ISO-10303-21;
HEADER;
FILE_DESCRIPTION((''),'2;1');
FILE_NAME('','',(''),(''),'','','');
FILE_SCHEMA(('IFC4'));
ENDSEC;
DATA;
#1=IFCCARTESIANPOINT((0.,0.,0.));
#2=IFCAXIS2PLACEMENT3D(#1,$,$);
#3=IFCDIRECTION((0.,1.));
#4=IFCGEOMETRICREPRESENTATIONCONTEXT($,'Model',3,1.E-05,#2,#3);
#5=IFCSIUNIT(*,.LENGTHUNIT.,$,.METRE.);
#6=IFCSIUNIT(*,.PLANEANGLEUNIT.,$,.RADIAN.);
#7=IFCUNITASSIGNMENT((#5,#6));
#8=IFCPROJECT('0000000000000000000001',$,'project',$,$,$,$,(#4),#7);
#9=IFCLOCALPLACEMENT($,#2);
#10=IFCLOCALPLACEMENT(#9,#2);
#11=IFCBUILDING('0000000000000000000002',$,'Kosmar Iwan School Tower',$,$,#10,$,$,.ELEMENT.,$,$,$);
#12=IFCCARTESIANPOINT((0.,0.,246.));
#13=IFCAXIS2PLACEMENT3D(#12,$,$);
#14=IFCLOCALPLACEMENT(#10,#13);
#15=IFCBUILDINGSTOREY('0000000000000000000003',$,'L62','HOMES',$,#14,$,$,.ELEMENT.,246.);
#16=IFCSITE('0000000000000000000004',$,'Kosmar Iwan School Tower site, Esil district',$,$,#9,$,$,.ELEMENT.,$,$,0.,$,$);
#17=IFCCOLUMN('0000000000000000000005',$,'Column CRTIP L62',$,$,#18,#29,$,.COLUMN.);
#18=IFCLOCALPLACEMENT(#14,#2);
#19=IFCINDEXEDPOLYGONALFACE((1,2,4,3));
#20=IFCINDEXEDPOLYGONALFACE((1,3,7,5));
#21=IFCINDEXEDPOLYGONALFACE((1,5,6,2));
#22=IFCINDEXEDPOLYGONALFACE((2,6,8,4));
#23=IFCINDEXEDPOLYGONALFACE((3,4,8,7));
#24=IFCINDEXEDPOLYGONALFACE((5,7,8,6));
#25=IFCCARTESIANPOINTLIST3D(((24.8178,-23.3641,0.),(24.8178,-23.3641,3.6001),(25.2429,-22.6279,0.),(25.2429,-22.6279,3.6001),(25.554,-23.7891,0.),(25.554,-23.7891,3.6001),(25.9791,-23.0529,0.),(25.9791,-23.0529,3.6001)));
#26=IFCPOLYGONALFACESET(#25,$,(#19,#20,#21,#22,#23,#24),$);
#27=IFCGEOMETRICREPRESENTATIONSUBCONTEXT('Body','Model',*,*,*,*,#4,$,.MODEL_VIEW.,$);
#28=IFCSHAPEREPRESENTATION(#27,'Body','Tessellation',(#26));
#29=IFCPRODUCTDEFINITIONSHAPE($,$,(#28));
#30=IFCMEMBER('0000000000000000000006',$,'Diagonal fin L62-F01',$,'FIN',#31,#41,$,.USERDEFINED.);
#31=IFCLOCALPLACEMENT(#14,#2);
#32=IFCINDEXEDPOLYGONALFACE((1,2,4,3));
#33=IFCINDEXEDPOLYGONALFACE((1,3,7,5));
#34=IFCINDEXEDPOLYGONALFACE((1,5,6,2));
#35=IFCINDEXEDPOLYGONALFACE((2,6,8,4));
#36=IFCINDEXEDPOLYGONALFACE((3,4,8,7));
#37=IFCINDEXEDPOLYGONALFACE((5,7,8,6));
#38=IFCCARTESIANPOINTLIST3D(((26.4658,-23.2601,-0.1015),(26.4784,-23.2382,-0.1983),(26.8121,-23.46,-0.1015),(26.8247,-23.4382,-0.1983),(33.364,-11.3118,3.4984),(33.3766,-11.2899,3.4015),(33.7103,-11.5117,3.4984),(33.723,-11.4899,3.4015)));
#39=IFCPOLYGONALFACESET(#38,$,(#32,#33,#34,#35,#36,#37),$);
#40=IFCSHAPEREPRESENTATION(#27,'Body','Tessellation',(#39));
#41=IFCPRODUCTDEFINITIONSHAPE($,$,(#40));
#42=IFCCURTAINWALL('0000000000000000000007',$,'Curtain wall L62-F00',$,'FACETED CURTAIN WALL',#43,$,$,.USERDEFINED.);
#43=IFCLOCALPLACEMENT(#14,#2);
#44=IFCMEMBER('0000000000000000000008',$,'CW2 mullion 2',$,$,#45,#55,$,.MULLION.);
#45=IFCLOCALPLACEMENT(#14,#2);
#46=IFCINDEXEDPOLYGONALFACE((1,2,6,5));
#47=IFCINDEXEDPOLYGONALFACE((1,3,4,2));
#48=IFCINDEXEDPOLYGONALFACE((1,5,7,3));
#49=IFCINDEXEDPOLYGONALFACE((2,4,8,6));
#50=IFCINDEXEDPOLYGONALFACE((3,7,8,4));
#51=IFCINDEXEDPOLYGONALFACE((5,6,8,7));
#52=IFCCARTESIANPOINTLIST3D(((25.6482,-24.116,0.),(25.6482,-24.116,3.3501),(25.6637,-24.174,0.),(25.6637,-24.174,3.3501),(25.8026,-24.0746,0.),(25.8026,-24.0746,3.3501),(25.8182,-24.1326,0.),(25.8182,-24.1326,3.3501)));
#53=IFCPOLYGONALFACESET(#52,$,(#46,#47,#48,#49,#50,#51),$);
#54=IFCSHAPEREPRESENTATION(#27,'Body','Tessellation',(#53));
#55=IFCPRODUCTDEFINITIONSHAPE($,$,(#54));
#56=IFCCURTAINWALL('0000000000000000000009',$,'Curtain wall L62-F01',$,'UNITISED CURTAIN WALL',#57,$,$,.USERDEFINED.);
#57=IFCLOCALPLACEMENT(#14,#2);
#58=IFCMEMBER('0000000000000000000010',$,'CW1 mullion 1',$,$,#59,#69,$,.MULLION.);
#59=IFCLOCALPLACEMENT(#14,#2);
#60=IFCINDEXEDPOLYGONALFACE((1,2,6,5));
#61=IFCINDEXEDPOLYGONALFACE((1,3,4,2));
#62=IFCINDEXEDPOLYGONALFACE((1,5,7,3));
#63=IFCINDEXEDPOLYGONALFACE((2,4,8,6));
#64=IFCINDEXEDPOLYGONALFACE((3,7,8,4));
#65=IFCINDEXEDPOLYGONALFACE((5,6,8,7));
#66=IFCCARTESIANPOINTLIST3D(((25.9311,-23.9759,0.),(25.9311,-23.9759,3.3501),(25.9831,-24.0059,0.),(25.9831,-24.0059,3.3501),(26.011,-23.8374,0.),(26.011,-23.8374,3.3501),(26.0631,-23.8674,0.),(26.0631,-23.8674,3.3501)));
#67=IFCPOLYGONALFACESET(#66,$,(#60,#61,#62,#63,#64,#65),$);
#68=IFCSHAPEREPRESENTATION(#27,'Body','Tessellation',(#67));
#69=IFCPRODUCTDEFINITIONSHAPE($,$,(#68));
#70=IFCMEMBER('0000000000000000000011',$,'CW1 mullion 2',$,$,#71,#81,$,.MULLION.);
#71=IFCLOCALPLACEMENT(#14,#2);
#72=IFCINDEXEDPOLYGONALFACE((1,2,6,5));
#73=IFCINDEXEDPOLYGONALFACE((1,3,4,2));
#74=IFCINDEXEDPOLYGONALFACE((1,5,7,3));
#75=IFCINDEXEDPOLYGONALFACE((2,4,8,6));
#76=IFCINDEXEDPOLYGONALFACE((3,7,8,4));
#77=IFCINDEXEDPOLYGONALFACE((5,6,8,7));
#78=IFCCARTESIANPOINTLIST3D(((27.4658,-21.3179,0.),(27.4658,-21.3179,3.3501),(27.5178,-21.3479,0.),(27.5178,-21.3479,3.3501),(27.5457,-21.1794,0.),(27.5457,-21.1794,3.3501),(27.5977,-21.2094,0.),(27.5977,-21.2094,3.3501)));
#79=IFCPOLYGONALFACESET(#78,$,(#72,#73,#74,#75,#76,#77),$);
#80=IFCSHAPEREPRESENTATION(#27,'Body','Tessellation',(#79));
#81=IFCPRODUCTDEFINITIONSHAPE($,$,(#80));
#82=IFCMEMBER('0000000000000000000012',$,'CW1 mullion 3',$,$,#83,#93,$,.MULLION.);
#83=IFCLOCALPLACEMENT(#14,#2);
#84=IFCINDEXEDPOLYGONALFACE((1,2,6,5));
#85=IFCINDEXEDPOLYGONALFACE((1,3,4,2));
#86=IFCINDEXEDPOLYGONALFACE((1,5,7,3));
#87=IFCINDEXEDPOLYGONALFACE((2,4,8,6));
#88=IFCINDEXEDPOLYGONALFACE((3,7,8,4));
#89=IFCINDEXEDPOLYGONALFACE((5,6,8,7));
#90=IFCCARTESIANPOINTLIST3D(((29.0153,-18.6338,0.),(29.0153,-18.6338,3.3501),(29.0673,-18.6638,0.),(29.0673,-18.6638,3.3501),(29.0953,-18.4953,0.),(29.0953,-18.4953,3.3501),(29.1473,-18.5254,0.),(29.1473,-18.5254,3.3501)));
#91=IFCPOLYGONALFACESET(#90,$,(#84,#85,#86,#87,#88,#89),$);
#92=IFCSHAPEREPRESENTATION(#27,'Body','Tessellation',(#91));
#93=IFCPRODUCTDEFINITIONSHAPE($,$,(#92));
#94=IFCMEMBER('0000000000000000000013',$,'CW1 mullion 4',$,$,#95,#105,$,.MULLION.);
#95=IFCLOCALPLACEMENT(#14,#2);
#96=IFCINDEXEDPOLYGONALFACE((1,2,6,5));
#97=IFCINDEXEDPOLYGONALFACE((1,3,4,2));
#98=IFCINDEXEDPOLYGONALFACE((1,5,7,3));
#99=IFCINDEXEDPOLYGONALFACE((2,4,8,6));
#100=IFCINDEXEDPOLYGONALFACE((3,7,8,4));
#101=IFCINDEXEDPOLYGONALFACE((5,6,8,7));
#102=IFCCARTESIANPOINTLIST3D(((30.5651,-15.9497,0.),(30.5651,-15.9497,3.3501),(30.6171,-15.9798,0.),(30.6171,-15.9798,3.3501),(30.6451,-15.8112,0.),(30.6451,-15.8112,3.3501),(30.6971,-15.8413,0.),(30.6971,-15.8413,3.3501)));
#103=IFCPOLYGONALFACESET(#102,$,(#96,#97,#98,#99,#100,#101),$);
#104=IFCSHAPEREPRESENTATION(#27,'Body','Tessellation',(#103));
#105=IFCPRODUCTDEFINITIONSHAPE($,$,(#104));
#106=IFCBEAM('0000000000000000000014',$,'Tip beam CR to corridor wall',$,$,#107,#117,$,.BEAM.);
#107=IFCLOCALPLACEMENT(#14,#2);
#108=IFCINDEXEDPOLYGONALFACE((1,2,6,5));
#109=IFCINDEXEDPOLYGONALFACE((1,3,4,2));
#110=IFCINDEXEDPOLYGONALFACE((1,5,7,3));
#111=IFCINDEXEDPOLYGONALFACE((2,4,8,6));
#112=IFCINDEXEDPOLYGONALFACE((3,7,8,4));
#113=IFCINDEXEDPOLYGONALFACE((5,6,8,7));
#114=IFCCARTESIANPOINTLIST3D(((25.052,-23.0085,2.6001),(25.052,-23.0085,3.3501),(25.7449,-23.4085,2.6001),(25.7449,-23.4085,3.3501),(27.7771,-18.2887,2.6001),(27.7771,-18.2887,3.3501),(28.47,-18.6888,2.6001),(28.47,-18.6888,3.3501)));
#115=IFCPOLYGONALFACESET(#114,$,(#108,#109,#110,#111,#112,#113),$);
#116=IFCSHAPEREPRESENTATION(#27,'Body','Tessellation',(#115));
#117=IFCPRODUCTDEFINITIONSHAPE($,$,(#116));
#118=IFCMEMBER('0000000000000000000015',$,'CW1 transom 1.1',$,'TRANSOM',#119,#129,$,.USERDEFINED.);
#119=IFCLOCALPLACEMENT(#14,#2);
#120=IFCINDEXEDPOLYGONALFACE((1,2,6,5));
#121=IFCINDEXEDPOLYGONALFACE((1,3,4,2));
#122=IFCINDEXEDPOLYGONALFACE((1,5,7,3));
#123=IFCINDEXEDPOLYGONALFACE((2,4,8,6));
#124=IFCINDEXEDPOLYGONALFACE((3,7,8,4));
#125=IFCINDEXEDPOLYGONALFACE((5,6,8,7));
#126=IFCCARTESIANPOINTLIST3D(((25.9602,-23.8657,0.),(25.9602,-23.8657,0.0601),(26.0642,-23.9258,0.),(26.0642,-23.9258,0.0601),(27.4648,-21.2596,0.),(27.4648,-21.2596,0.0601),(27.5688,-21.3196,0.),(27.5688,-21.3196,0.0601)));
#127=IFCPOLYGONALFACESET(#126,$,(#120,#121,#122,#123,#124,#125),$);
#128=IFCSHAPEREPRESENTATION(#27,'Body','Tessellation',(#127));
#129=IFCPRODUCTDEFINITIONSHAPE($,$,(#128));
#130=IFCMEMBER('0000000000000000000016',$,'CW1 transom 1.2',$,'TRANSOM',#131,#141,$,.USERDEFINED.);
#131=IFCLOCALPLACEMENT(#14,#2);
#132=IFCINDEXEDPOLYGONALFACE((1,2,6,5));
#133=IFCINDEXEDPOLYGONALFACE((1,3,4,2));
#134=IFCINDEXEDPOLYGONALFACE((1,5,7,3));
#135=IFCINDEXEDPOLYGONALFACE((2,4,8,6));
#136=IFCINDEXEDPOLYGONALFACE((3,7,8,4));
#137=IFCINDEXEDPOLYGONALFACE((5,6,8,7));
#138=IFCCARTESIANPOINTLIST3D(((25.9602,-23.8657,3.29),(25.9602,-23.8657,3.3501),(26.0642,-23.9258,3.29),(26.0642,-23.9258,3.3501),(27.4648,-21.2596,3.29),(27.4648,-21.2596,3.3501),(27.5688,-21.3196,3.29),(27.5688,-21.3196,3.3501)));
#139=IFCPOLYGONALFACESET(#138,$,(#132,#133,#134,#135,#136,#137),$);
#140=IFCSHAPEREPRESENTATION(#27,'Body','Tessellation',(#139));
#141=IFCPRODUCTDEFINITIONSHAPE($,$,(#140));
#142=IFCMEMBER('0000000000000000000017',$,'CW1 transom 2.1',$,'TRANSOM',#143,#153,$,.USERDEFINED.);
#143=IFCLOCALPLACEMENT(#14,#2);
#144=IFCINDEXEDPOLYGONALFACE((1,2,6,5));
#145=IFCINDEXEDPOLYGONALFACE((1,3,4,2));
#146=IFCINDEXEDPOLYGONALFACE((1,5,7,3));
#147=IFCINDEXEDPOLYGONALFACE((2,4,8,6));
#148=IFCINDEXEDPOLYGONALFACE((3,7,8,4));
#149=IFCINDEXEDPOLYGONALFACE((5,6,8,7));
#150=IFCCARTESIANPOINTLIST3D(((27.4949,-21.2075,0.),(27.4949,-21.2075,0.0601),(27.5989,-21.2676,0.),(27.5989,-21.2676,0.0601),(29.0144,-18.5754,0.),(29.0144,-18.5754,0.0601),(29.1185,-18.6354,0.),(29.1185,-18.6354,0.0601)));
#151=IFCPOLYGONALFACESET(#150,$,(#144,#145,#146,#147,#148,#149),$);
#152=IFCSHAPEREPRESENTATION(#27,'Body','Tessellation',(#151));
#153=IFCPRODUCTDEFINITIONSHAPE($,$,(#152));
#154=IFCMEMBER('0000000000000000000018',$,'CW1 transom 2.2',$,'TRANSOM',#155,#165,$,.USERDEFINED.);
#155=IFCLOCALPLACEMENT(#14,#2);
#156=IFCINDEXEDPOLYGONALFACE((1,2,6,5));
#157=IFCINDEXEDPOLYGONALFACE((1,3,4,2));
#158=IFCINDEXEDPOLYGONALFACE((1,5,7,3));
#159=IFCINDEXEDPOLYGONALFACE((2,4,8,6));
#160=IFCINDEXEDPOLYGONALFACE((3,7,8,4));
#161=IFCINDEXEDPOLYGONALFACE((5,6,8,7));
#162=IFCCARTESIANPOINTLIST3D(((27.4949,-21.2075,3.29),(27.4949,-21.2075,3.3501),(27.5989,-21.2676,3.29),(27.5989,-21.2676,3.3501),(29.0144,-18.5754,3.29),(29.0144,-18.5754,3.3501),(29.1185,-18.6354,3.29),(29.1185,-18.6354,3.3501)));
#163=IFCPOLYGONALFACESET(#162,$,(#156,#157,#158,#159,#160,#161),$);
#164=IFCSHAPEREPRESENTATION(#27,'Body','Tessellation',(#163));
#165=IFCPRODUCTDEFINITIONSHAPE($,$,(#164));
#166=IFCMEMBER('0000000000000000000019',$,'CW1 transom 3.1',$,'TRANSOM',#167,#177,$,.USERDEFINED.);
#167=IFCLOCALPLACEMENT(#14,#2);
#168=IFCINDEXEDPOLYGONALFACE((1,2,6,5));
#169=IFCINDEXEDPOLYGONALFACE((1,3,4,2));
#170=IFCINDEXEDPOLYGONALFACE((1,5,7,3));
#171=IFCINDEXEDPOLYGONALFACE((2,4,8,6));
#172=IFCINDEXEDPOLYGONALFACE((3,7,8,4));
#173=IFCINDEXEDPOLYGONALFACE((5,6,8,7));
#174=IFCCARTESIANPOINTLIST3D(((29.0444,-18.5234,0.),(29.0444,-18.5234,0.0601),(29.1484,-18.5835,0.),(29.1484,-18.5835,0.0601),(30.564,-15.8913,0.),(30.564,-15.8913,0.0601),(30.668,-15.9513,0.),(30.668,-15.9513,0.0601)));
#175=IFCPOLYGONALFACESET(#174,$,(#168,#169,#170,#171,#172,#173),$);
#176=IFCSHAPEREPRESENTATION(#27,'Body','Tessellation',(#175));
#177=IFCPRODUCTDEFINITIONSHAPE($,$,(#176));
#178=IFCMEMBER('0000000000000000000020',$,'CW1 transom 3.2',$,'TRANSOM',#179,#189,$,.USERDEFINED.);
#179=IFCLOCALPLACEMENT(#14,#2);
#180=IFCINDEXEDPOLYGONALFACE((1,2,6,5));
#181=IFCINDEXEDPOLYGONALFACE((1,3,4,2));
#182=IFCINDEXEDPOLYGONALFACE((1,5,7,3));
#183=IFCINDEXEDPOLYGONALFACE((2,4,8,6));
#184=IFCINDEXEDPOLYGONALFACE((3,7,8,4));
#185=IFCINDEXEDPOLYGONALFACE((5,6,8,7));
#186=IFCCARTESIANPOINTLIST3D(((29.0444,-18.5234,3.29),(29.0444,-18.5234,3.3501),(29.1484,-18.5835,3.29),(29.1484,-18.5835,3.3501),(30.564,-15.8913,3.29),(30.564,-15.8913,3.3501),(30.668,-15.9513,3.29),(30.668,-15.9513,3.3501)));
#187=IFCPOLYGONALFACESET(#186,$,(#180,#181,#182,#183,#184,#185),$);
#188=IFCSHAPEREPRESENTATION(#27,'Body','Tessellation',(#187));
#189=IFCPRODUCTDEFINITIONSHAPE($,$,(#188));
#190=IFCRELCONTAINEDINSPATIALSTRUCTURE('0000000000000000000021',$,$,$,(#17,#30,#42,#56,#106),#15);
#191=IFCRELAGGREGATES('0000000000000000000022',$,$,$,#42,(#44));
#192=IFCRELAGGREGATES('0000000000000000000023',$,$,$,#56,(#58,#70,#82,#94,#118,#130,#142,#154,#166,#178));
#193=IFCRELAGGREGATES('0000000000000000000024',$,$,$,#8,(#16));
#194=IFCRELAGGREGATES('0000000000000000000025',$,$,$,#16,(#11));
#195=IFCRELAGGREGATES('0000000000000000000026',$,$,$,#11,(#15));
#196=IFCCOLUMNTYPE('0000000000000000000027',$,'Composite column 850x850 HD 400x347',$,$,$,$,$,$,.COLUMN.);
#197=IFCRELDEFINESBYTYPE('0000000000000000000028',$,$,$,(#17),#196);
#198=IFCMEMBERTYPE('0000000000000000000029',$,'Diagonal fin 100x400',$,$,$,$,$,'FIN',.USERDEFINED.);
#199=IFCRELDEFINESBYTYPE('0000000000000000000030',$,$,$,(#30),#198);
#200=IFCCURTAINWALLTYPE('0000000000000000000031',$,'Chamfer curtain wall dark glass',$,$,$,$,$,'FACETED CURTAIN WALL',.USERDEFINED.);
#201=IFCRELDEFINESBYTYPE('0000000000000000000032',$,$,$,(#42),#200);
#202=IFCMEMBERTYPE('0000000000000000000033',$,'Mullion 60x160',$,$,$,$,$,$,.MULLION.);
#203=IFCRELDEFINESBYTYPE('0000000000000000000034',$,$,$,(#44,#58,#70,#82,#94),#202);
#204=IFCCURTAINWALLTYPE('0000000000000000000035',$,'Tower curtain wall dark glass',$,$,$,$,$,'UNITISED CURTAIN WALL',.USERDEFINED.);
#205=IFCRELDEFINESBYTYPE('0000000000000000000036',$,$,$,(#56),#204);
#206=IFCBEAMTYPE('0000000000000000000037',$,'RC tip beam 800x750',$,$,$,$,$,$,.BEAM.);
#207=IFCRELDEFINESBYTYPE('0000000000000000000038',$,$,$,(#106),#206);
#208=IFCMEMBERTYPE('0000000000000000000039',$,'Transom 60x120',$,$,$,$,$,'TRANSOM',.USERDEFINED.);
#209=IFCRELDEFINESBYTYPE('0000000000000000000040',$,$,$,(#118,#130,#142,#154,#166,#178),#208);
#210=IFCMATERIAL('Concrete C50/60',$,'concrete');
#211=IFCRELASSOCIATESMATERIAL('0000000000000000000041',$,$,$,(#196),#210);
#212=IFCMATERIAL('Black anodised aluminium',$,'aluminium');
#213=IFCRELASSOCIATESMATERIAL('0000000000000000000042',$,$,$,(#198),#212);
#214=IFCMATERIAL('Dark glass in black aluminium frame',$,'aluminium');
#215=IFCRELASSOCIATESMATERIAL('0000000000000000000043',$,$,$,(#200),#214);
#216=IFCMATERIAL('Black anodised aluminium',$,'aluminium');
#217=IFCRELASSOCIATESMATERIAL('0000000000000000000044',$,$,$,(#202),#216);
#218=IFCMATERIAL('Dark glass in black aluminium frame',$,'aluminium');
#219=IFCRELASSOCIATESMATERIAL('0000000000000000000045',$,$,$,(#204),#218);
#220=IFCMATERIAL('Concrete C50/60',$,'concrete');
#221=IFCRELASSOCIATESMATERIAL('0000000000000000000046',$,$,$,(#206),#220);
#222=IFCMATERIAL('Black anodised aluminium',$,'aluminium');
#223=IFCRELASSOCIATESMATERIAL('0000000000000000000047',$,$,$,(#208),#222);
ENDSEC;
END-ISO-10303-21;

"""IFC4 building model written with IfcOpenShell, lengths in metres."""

from ifc_helpers import new_model, si_unit, direction, frame, origin, origin_2d, place, context, subcontext, project, spatial, rectangle, extrude, material, material_profile, profile_set, type_object, element, aggregate, save


model = new_model("IFC4")

# Units and contexts
model_context = context("Model", 3, precision=1e-05, world=origin(), true_north=direction((0.0, 1.0)))
body_context = subcontext(model_context, "Body", "Model", "MODEL_VIEW")
ifc_project = project(units=[si_unit("LENGTHUNIT", "METRE"), si_unit("PLANEANGLEUNIT", "RADIAN")], contexts=[model_context])

# Site, building, storey
site_placement = place(None, origin())
site = spatial("IfcSite", under=ifc_project, at=site_placement, Name="Kosmar Iwan School Tower site, Esil district", CompositionType="ELEMENT", RefElevation=0.0)
building_placement = place(site_placement, origin())
building = spatial("IfcBuilding", under=site, at=building_placement, Name="Kosmar Iwan School Tower", CompositionType="ELEMENT")
storey_placement = place(building_placement, frame((0.0, 0.0, 246.0)))
storey = spatial("IfcBuildingStorey", under=building, at=storey_placement, Name="L62", Description="HOMES", CompositionType="ELEMENT", Elevation=246.0)

# Column
ifc_material_1 = material(Name="Concrete C50/60", Category="concrete")
ifc_material_profile_1 = material_profile(ifc_material_1, rectangle(XDim=0.8501, YDim=0.8501, at=origin_2d()), Name="RC 850x850 + HD 400x347")
ifc_profile_set_1 = profile_set([ifc_material_profile_1], Name="Concrete C50/60")
column_type = type_object("IfcColumnType", Name="Composite column 850x850 HD 400x347", PredefinedType="COLUMN", material=ifc_profile_set_1)
column_placement = place(storey_placement, frame((25.3984, -23.2085, 0.0), z_axis=(0.0, 0.0, 1.0), x_axis=(0.866025, -0.5, 0.0)))
element("IfcColumn", 1, at=column_placement, inside=storey, type_object=column_type, Name="Column CRTIP L62", PredefinedType="COLUMN", context=body_context, shape_type="SweptSolid", body=[
    extrude(rectangle(XDim=0.8501, YDim=0.8501, at=origin_2d()), origin(), (0.0, 0.0, 1.0), 3.6001),
])

# Member
ifc_material_2 = material(Name="Black anodised aluminium", Category="aluminium")
ifc_material_profile_2 = material_profile(ifc_material_2, rectangle(XDim=0.1001, YDim=0.3999, at=origin_2d()), Name="FIN 100x400")
ifc_profile_set_2 = profile_set([ifc_material_profile_2], Name="Black anodised aluminium")
member_type_1 = type_object("IfcMemberType", Name="Diagonal fin 100x400", ElementType="FIN", PredefinedType="USERDEFINED", material=ifc_profile_set_2)
member_1_placement = place(storey_placement, frame((26.6453, -23.3491, -0.1499), z_axis=(0.483796, 0.837974, 0.252471), x_axis=(-0.126234, -0.218647, 0.967604)))
element("IfcMember", 2, at=member_1_placement, inside=storey, type_object=member_type_1, Name="Diagonal fin L62-F01", ObjectType="FIN", PredefinedType="USERDEFINED", context=body_context, shape_type="SweptSolid", body=[
    extrude(rectangle(XDim=0.1001, YDim=0.3999, at=origin_2d()), origin(), (0.0, 0.0, 1.0), 14.2585),
])

# Curtain wall, member
ifc_material_3 = material(Name="Dark glass in black aluminium frame", Category="aluminium")
curtain_wall_type_1 = type_object("IfcCurtainWallType", Name="Chamfer curtain wall dark glass", ElementType="FACETED CURTAIN WALL", PredefinedType="USERDEFINED", material=ifc_material_3)
curtain_wall_1_placement = place(storey_placement, origin())
curtain_wall_1 = element("IfcCurtainWall", 3, at=curtain_wall_1_placement, inside=storey, type_object=curtain_wall_type_1, Name="Curtain wall L62-F00", ObjectType="FACETED CURTAIN WALL", PredefinedType="USERDEFINED")
ifc_material_4 = material(Name="Black anodised aluminium", Category="aluminium")
ifc_material_profile_3 = material_profile(ifc_material_4, rectangle(XDim=0.0601, YDim=0.1599, at=origin_2d()), Name="MULLION 60x160")
ifc_profile_set_3 = profile_set([ifc_material_profile_3], Name="Black anodised aluminium")
member_type_2 = type_object("IfcMemberType", Name="Mullion 60x160", PredefinedType="MULLION", material=ifc_profile_set_3)
member_2_placement = place(storey_placement, frame((25.7332, -24.1243, 0.0), z_axis=(0.0, 0.0, 1.0), x_axis=(-0.258819, 0.965926, 0.0)))
member_2 = element("IfcMember", 4, at=member_2_placement, type_object=member_type_2, Name="CW2 mullion 2", PredefinedType="MULLION", context=body_context, shape_type="SweptSolid", body=[
    extrude(rectangle(XDim=0.0601, YDim=0.1599, at=origin_2d()), origin(), (0.0, 0.0, 1.0), 3.3501),
])

# Curtain wall, members
ifc_material_5 = material(Name="Dark glass in black aluminium frame", Category="aluminium")
curtain_wall_type_2 = type_object("IfcCurtainWallType", Name="Tower curtain wall dark glass", ElementType="UNITISED CURTAIN WALL", PredefinedType="USERDEFINED", material=ifc_material_5)
curtain_wall_2_placement = place(storey_placement, origin())
curtain_wall_2 = element("IfcCurtainWall", 5, at=curtain_wall_2_placement, inside=storey, type_object=curtain_wall_type_2, Name="Curtain wall L62-F01", ObjectType="UNITISED CURTAIN WALL", PredefinedType="USERDEFINED")
member_3_placement = place(storey_placement, frame((25.9971, -23.9216, 0.0), z_axis=(0.0, 0.0, 1.0), x_axis=(-0.866025, 0.5, 0.0)))
member_3 = element("IfcMember", 6, at=member_3_placement, type_object=member_type_2, Name="CW1 mullion 1", PredefinedType="MULLION", context=body_context, shape_type="SweptSolid", body=[
    extrude(rectangle(XDim=0.0601, YDim=0.1599, at=origin_2d()), origin(), (0.0, 0.0, 1.0), 3.3501),
])
member_4_placement = place(storey_placement, frame((27.5317, -21.2637, 0.0), z_axis=(0.0, 0.0, 1.0), x_axis=(-0.866025, 0.5, 0.0)))
member_4 = element("IfcMember", 7, at=member_4_placement, type_object=member_type_2, Name="CW1 mullion 2", PredefinedType="MULLION", context=body_context, shape_type="SweptSolid", body=[
    extrude(rectangle(XDim=0.0601, YDim=0.1599, at=origin_2d()), origin(), (0.0, 0.0, 1.0), 3.3501),
])
member_5_placement = place(storey_placement, frame((29.0813, -18.5796, 0.0), z_axis=(0.0, 0.0, 1.0), x_axis=(-0.866025, 0.5, 0.0)))
member_5 = element("IfcMember", 8, at=member_5_placement, type_object=member_type_2, Name="CW1 mullion 3", PredefinedType="MULLION", context=body_context, shape_type="SweptSolid", body=[
    extrude(rectangle(XDim=0.0601, YDim=0.1599, at=origin_2d()), origin(), (0.0, 0.0, 1.0), 3.3501),
])
member_6_placement = place(storey_placement, frame((30.6311, -15.8955, 0.0), z_axis=(0.0, 0.0, 1.0), x_axis=(-0.866025, 0.5, 0.0)))
member_6 = element("IfcMember", 9, at=member_6_placement, type_object=member_type_2, Name="CW1 mullion 4", PredefinedType="MULLION", context=body_context, shape_type="SweptSolid", body=[
    extrude(rectangle(XDim=0.0601, YDim=0.1599, at=origin_2d()), origin(), (0.0, 0.0, 1.0), 3.3501),
])

# Beam
ifc_material_6 = material(Name="Concrete C50/60", Category="concrete")
ifc_material_profile_4 = material_profile(ifc_material_6, rectangle(XDim=0.8, YDim=0.75, at=origin_2d()), Name="RC 800x750")
ifc_profile_set_4 = profile_set([ifc_material_profile_4], Name="Concrete C50/60")
beam_type = type_object("IfcBeamType", Name="RC tip beam 800x750", PredefinedType="BEAM", material=ifc_profile_set_4)
beam_placement = place(storey_placement, frame((25.3984, -23.2085, 2.9751), z_axis=(0.500022, 0.866013, 0.0), x_axis=(-0.866013, 0.500022, 0.0)))
element("IfcBeam", 10, at=beam_placement, inside=storey, type_object=beam_type, Name="Tip beam CR to corridor wall", PredefinedType="BEAM", context=body_context, shape_type="SweptSolid", body=[
    extrude(rectangle(XDim=0.8, YDim=0.75, at=origin_2d()), origin(), (0.0, 0.0, 1.0), 5.45),
])

# Members
ifc_material_7 = material(Name="Black anodised aluminium", Category="aluminium")
ifc_material_profile_5 = material_profile(ifc_material_7, rectangle(XDim=0.1201, YDim=0.0601, at=origin_2d()), Name="TRANSOM 60x120")
ifc_profile_set_5 = profile_set([ifc_material_profile_5], Name="Black anodised aluminium")
member_type_3 = type_object("IfcMemberType", Name="Transom 60x120", ElementType="TRANSOM", PredefinedType="USERDEFINED", material=ifc_profile_set_5)
member_7_placement = place(storey_placement, frame((26.0122, -23.8958, 0.03), z_axis=(0.499987, 0.866033, 0.0), x_axis=(-0.866033, 0.499987, 0.0)))
member_7 = element("IfcMember", 11, at=member_7_placement, type_object=member_type_3, Name="CW1 transom 1.1", ObjectType="TRANSOM", PredefinedType="USERDEFINED", context=body_context, shape_type="SweptSolid", body=[
    extrude(rectangle(XDim=0.1201, YDim=0.0601, at=origin_2d()), origin(), (0.0, 0.0, 1.0), 3.0093),
])
member_8_placement = place(storey_placement, frame((26.0122, -23.8958, 3.3201), z_axis=(0.499987, 0.866033, 0.0), x_axis=(-0.866033, 0.499987, 0.0)))
member_8 = element("IfcMember", 12, at=member_8_placement, type_object=member_type_3, Name="CW1 transom 1.2", ObjectType="TRANSOM", PredefinedType="USERDEFINED", context=body_context, shape_type="SweptSolid", body=[
    extrude(rectangle(XDim=0.1201, YDim=0.0601, at=origin_2d()), origin(), (0.0, 0.0, 1.0), 3.0093),
])
member_9_placement = place(storey_placement, frame((27.5469, -21.2375, 0.03), z_axis=(0.499975, 0.86604, 0.0), x_axis=(-0.86604, 0.499975, 0.0)))
member_9 = element("IfcMember", 13, at=member_9_placement, type_object=member_type_3, Name="CW1 transom 2.1", ObjectType="TRANSOM", PredefinedType="USERDEFINED", context=body_context, shape_type="SweptSolid", body=[
    extrude(rectangle(XDim=0.1201, YDim=0.0601, at=origin_2d()), origin(), (0.0, 0.0, 1.0), 3.0393),
])
member_10_placement = place(storey_placement, frame((27.5469, -21.2375, 3.3201), z_axis=(0.499975, 0.86604, 0.0), x_axis=(-0.86604, 0.499975, 0.0)))
member_10 = element("IfcMember", 14, at=member_10_placement, type_object=member_type_3, Name="CW1 transom 2.2", ObjectType="TRANSOM", PredefinedType="USERDEFINED", context=body_context, shape_type="SweptSolid", body=[
    extrude(rectangle(XDim=0.1201, YDim=0.0601, at=origin_2d()), origin(), (0.0, 0.0, 1.0), 3.0393),
])
member_11_placement = place(storey_placement, frame((29.0964, -18.5535, 0.03), z_axis=(0.499975, 0.86604, 0.0), x_axis=(-0.86604, 0.499975, 0.0)))
member_11 = element("IfcMember", 15, at=member_11_placement, type_object=member_type_3, Name="CW1 transom 3.1", ObjectType="TRANSOM", PredefinedType="USERDEFINED", context=body_context, shape_type="SweptSolid", body=[
    extrude(rectangle(XDim=0.1201, YDim=0.0601, at=origin_2d()), origin(), (0.0, 0.0, 1.0), 3.0393),
])
member_12_placement = place(storey_placement, frame((29.0964, -18.5535, 3.3201), z_axis=(0.499975, 0.86604, 0.0), x_axis=(-0.86604, 0.499975, 0.0)))
member_12 = element("IfcMember", 16, at=member_12_placement, type_object=member_type_3, Name="CW1 transom 3.2", ObjectType="TRANSOM", PredefinedType="USERDEFINED", context=body_context, shape_type="SweptSolid", body=[
    extrude(rectangle(XDim=0.1201, YDim=0.0601, at=origin_2d()), origin(), (0.0, 0.0, 1.0), 3.0393),
])

aggregate(curtain_wall_1, [member_2])
aggregate(curtain_wall_2, [member_3, member_4, member_5, member_6, member_7, member_8, member_9, member_10, member_11, member_12])

save(model, "model.ifc")
